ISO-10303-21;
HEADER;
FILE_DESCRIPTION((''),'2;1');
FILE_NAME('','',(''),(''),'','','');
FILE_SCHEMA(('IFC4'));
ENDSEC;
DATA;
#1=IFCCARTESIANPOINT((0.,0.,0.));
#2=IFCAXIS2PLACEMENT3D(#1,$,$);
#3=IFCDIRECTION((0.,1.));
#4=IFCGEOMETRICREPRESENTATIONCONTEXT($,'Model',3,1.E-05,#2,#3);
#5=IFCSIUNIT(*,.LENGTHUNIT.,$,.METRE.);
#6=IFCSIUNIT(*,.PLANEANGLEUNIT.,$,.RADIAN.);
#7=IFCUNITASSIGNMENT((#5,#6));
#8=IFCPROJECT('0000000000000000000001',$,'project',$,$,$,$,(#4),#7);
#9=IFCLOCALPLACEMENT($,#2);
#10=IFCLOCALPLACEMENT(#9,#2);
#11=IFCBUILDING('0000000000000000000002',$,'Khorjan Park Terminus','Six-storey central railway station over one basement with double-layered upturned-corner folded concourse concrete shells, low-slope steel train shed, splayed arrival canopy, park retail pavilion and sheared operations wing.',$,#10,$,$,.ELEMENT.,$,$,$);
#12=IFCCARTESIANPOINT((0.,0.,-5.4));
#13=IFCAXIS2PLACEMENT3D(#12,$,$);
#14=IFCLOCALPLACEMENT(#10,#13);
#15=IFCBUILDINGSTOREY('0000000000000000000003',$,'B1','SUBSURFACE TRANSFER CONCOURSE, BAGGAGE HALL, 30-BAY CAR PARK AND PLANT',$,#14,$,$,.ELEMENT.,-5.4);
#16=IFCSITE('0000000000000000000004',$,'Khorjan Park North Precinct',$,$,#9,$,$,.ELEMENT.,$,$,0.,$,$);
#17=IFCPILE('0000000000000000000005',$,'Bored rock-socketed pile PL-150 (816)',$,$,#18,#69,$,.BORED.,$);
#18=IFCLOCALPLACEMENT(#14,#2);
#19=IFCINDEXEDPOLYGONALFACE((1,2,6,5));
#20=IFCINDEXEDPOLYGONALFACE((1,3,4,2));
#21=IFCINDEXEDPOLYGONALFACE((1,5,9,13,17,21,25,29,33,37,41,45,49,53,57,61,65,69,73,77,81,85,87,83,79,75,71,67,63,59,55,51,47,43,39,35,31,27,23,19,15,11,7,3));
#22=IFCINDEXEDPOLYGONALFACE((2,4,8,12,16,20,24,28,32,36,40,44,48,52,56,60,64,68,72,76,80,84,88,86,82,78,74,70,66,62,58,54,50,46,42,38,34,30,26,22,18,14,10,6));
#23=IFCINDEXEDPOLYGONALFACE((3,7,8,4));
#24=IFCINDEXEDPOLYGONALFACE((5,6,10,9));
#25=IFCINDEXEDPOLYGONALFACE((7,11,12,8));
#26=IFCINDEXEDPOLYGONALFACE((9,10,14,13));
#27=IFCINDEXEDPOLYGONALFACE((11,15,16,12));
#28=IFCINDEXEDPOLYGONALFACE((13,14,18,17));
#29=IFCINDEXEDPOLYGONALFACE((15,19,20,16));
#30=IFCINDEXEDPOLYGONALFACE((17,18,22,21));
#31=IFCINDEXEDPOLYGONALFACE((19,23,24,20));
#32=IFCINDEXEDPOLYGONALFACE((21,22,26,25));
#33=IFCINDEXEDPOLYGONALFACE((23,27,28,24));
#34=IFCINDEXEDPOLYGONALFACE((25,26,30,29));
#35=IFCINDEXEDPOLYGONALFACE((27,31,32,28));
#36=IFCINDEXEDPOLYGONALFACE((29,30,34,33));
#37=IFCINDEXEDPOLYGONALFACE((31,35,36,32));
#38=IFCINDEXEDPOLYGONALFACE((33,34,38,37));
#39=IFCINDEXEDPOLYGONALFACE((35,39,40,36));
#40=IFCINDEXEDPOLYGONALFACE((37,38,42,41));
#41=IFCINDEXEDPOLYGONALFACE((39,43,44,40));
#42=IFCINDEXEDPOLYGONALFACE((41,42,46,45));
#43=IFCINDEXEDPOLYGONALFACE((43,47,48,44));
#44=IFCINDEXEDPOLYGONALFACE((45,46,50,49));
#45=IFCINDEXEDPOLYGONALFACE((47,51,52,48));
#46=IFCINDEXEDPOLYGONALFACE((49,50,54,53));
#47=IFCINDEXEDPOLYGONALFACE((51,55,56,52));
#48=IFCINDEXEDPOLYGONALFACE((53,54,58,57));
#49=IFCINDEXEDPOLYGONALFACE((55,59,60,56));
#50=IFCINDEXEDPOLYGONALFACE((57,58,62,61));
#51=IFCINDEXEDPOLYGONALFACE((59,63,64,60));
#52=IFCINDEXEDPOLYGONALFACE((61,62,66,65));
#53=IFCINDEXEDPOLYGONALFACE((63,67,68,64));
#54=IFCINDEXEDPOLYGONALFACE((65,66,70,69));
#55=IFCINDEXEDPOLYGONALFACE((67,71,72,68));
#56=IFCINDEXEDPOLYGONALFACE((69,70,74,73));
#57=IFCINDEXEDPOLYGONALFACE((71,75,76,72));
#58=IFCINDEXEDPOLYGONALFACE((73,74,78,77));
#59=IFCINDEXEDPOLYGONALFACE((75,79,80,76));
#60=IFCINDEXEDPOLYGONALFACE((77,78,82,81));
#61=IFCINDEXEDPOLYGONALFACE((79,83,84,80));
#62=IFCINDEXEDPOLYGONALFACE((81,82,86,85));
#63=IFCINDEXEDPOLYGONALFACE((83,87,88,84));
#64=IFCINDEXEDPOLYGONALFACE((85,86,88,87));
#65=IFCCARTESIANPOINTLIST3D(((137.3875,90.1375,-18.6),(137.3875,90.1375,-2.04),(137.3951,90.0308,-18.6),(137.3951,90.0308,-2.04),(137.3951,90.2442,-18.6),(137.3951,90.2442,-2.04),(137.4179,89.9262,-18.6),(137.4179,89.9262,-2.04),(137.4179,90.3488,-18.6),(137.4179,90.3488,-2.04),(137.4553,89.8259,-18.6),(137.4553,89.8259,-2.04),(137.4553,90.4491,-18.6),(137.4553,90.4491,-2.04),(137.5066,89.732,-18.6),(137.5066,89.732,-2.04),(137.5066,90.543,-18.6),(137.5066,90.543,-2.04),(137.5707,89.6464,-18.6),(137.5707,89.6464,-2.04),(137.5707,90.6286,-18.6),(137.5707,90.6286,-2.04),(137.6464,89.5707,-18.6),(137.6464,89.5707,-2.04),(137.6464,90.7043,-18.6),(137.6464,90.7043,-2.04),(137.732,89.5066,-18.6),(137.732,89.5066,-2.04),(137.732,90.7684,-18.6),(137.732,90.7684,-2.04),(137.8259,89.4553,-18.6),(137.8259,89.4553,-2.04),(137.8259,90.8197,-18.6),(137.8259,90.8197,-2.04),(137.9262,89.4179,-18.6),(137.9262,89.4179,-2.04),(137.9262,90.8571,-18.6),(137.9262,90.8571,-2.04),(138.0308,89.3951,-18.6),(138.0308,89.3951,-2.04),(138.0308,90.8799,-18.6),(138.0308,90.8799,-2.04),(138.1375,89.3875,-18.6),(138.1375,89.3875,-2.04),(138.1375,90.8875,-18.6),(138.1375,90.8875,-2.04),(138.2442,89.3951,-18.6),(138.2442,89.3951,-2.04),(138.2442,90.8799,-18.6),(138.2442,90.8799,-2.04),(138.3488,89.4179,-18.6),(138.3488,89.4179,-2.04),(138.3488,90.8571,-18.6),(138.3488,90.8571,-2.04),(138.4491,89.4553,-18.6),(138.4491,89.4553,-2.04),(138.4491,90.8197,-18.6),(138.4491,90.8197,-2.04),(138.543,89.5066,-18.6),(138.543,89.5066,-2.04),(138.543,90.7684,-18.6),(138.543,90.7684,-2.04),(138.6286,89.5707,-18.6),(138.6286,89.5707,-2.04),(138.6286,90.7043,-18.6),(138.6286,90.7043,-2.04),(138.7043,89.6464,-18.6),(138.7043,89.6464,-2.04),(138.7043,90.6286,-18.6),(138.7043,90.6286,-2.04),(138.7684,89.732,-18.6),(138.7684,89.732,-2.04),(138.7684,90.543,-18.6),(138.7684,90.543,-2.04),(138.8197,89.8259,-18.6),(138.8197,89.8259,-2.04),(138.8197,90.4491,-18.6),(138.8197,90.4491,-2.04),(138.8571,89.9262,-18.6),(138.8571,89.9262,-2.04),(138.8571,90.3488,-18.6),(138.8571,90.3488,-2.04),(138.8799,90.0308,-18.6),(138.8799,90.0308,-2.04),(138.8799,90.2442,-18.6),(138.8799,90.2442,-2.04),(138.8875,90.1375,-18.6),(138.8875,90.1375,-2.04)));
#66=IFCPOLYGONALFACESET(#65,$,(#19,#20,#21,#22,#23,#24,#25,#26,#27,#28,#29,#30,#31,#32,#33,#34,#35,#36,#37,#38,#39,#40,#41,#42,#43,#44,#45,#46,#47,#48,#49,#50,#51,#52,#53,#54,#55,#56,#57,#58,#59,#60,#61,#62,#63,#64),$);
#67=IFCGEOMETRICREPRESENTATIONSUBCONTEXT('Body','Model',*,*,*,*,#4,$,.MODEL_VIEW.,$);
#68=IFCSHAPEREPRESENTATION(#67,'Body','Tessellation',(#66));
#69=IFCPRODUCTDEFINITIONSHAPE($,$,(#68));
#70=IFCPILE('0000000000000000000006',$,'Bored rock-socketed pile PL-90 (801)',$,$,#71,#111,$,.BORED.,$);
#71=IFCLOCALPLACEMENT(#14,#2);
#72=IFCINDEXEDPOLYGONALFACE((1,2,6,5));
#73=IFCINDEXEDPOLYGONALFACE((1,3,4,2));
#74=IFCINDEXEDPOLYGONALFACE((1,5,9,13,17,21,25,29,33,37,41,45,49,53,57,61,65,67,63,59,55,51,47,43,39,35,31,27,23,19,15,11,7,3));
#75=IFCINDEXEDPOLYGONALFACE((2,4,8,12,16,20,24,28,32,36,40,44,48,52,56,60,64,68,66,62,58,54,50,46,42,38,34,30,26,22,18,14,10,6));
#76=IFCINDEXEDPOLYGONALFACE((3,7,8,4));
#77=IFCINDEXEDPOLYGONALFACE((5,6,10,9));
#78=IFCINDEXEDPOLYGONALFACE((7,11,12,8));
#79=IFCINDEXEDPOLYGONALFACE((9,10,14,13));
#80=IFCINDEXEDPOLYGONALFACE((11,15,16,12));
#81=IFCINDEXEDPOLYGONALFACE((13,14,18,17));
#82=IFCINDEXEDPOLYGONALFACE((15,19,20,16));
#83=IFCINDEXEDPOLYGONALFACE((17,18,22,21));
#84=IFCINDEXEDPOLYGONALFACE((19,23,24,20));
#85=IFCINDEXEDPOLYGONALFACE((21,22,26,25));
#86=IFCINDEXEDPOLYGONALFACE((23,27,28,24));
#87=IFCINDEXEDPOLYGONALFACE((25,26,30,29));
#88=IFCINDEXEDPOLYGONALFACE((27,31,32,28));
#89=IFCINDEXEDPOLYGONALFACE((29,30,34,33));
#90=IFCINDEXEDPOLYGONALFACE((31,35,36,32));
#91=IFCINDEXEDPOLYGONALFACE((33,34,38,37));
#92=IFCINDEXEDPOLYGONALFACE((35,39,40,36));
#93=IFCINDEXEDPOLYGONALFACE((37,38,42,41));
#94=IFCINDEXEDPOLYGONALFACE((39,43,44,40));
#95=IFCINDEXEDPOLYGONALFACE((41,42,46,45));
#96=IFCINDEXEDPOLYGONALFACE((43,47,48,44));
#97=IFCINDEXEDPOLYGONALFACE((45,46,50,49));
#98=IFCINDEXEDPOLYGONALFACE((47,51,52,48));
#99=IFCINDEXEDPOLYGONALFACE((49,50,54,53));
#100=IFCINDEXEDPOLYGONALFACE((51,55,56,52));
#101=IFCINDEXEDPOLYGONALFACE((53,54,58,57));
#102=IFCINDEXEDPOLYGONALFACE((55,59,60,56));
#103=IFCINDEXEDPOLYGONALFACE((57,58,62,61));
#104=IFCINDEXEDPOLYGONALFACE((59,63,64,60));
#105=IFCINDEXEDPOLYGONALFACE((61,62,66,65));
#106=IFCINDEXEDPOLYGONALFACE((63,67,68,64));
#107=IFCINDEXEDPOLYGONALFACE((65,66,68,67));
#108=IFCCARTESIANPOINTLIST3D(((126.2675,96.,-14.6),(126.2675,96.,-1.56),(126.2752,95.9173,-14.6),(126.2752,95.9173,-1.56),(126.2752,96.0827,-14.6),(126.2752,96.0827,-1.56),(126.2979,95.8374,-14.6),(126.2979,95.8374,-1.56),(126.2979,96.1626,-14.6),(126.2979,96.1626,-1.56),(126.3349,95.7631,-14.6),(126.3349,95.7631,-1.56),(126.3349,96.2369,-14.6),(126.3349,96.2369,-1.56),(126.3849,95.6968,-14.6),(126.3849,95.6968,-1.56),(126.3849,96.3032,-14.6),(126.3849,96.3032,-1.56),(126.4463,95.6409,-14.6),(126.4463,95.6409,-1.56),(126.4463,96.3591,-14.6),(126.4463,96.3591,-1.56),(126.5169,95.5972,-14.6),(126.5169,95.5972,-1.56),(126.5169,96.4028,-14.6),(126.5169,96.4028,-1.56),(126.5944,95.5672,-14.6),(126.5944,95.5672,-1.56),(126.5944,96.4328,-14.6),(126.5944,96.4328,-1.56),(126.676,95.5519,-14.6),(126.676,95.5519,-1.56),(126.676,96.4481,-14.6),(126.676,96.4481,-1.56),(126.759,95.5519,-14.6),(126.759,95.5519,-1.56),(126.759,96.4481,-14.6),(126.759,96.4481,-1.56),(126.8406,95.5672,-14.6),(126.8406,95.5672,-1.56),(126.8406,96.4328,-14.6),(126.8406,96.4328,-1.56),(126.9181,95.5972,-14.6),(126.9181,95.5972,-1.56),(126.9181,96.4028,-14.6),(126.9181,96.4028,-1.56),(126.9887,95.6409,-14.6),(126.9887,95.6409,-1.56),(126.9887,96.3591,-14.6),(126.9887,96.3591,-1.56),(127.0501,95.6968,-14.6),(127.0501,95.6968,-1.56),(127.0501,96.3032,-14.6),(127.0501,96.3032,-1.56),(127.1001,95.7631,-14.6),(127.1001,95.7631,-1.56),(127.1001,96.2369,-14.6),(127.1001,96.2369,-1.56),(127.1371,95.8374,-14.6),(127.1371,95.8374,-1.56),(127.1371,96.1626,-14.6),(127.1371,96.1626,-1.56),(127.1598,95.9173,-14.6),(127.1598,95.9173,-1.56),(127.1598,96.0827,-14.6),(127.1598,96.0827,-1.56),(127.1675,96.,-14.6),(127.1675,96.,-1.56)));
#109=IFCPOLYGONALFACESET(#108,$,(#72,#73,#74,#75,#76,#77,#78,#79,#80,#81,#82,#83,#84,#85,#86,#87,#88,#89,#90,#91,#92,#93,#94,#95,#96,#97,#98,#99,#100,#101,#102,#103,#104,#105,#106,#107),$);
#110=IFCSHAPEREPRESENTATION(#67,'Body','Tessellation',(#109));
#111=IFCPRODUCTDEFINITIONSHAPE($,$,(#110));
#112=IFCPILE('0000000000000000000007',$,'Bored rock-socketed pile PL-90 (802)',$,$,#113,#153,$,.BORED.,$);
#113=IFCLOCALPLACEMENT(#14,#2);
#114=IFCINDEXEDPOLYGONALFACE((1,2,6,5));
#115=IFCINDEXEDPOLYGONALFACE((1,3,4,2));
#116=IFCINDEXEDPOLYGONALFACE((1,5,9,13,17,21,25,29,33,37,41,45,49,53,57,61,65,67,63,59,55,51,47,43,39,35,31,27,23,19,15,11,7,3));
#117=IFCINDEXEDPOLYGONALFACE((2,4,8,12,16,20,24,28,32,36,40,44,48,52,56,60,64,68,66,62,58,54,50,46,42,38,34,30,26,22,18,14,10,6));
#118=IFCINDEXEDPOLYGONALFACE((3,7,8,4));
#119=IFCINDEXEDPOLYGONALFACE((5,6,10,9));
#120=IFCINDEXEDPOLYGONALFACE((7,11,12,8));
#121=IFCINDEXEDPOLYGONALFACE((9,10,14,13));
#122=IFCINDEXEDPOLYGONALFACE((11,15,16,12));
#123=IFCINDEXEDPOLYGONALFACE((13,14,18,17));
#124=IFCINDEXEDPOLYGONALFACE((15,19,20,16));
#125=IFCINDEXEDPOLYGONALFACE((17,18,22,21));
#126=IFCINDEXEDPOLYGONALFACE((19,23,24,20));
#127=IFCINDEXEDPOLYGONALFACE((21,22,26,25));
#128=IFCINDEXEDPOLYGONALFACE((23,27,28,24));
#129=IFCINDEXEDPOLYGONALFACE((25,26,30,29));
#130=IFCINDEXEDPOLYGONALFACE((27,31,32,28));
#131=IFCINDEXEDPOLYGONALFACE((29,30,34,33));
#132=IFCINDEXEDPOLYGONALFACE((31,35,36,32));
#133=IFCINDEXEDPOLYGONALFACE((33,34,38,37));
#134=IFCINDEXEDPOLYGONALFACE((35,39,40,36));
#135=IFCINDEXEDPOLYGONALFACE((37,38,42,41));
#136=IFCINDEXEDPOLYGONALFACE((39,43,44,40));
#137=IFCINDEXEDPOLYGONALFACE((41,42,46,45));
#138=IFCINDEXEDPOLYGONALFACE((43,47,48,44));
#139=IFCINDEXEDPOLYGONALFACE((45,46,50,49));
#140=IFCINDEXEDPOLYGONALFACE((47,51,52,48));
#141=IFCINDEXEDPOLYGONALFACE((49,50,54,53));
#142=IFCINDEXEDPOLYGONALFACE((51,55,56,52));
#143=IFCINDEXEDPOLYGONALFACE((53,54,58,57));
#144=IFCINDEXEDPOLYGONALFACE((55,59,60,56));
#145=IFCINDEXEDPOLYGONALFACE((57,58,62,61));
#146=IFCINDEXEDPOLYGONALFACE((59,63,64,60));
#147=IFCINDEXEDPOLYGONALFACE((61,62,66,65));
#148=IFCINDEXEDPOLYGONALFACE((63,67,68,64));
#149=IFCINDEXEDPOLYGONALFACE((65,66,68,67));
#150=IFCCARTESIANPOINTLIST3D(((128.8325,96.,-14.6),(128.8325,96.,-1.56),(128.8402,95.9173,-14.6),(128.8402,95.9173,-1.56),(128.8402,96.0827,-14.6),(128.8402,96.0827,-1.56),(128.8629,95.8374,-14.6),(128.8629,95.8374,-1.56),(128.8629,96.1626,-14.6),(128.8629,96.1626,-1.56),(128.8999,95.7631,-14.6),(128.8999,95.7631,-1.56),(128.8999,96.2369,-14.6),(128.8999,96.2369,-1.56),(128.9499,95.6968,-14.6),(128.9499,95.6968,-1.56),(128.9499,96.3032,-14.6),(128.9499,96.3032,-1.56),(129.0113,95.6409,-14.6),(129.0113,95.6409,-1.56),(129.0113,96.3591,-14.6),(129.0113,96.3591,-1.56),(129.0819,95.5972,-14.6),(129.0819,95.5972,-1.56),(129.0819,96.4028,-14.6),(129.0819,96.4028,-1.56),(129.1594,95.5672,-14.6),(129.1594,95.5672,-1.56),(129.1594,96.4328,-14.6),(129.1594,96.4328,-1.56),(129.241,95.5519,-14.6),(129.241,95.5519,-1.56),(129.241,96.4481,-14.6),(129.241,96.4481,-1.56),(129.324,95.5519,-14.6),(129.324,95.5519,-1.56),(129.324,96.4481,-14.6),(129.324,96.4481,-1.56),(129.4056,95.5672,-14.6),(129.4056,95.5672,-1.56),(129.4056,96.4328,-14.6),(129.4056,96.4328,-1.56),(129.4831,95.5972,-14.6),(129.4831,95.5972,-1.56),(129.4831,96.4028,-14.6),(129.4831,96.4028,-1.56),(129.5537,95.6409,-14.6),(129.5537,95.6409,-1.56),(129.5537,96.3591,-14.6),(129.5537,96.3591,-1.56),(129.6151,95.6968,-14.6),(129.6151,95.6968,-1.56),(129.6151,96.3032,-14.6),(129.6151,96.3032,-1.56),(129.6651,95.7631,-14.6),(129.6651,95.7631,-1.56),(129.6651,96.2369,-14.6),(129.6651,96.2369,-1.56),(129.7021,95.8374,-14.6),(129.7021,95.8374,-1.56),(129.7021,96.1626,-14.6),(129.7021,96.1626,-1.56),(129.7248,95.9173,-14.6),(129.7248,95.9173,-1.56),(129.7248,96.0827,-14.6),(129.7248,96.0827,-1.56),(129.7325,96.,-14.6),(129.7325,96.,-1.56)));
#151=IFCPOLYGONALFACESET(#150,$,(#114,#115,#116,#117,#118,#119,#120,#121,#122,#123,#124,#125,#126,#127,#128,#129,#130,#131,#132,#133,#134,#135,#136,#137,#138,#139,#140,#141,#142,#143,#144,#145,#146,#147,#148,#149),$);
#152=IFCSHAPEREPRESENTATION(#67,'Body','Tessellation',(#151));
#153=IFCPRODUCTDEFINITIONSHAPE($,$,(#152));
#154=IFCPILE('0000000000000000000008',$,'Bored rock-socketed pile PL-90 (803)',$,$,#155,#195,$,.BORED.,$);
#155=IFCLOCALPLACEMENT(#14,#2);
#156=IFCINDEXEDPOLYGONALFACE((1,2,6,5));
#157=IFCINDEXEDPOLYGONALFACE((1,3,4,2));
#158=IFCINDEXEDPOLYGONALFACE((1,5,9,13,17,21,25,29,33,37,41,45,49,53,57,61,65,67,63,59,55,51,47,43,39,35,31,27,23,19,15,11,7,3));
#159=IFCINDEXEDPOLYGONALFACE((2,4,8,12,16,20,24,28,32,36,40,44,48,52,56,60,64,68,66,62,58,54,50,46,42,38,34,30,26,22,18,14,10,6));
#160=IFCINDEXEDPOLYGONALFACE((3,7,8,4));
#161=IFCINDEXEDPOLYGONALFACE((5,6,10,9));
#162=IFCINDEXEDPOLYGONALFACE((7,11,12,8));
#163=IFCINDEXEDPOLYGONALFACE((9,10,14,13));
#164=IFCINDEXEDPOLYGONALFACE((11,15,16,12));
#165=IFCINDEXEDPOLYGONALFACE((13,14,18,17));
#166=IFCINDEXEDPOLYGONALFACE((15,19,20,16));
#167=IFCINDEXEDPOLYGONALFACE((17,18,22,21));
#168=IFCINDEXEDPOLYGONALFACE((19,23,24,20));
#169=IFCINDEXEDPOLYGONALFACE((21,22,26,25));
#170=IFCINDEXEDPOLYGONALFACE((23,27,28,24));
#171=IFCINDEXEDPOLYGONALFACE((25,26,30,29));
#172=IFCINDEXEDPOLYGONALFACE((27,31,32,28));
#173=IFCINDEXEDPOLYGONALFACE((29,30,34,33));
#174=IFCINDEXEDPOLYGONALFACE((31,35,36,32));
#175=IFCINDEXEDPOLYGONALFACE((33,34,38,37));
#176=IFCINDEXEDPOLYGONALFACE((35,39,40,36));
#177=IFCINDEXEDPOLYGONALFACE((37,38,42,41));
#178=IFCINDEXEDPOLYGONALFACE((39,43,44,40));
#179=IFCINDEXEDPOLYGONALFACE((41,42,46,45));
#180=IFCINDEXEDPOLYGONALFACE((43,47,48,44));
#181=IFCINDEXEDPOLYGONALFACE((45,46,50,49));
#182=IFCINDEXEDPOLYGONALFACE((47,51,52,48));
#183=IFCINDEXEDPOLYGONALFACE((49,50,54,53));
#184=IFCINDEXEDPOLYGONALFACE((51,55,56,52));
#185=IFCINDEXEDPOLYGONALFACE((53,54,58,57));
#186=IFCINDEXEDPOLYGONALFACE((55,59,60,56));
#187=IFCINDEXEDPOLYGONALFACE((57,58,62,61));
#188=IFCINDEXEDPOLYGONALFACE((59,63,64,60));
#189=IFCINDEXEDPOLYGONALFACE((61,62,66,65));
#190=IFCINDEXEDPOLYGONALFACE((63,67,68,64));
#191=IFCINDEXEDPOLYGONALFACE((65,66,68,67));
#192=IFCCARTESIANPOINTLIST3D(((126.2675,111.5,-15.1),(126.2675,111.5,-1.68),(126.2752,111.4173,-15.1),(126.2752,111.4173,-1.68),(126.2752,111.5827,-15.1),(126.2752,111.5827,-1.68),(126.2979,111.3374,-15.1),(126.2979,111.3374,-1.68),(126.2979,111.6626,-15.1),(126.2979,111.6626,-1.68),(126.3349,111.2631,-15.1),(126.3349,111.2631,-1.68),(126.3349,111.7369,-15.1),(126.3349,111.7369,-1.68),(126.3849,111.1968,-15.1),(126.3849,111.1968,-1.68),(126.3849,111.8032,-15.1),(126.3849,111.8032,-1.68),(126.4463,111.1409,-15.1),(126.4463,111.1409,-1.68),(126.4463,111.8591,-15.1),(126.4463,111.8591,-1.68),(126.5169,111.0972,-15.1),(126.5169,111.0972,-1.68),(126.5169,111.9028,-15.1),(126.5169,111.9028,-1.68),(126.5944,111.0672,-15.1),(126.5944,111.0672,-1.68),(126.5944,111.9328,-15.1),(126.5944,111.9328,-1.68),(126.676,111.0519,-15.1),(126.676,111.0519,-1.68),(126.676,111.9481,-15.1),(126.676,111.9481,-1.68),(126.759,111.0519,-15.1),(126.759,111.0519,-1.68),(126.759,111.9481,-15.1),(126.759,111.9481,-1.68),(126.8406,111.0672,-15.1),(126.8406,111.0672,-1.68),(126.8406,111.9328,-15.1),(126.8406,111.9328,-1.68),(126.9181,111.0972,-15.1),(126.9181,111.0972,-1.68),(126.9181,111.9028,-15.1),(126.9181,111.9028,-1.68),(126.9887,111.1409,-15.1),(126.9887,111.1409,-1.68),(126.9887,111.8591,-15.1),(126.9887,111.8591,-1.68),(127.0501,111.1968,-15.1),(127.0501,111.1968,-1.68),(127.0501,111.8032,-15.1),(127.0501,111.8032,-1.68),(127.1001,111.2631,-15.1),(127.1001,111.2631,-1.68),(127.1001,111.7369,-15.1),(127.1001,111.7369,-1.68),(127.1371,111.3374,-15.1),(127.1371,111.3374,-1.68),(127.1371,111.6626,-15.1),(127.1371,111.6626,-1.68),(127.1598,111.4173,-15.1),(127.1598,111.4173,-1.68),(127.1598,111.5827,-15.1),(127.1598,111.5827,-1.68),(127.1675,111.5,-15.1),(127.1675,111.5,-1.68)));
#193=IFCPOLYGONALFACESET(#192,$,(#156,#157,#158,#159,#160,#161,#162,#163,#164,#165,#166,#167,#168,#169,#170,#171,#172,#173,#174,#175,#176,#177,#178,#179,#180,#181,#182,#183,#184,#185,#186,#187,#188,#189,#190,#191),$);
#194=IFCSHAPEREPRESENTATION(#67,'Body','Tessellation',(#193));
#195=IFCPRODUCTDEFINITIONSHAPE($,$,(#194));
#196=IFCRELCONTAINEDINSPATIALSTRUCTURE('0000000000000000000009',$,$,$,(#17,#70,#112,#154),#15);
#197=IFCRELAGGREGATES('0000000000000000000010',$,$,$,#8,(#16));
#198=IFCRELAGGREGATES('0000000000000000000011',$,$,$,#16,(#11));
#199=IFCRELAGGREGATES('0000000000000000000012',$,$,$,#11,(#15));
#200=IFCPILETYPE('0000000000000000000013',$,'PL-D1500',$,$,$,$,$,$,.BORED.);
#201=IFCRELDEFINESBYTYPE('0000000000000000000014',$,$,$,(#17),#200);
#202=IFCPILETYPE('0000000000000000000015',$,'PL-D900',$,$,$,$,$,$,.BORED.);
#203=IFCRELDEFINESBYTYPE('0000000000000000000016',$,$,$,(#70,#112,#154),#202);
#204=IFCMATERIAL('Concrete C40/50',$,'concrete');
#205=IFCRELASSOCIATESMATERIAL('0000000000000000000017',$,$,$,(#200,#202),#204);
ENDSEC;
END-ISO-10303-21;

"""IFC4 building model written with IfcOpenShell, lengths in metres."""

from ifc_helpers import new_model, si_unit, direction, frame, origin, origin_2d, place, context, subcontext, project, spatial, circle, extrude, material, material_profile, profile_set, type_object, element, save


model = new_model("IFC4")

# Units and contexts
model_context = context("Model", 3, precision=1e-05, world=origin(), true_north=direction((0.0, 1.0)))
body_context = subcontext(model_context, "Body", "Model", "MODEL_VIEW")
ifc_project = project(units=[si_unit("LENGTHUNIT", "METRE"), si_unit("PLANEANGLEUNIT", "RADIAN")], contexts=[model_context])

# Site, building, storey
site_placement = place(None, origin())
site = spatial("IfcSite", under=ifc_project, at=site_placement, Name="Khorjan Park North Precinct", CompositionType="ELEMENT", RefElevation=0.0)
building_placement = place(site_placement, origin())
building = spatial("IfcBuilding", under=site, at=building_placement, Name="Khorjan Park Terminus", Description="Six-storey central railway station over one basement with double-layered upturned-corner folded concourse concrete shells, low-slope steel train shed, splayed arrival canopy, park retail pavilion and sheared operations wing.", CompositionType="ELEMENT")
storey_placement = place(building_placement, frame((0.0, 0.0, -5.4)))
storey = spatial("IfcBuildingStorey", under=building, at=storey_placement, Name="B1", Description="SUBSURFACE TRANSFER CONCOURSE, BAGGAGE HALL, 30-BAY CAR PARK AND PLANT", CompositionType="ELEMENT", Elevation=-5.4)

# Shared definitions
ifc_material_1 = material(Name="Concrete C40/50", Category="concrete")

# Piles
ifc_material_profile_1 = material_profile(ifc_material_1, circle(Radius=0.75, at=origin_2d()), Name="BORED D1500")
ifc_profile_set_1 = profile_set([ifc_material_profile_1], Name="Concrete C40/50")
pile_type_1 = type_object("IfcPileType", Name="PL-D1500", PredefinedType="BORED", material=ifc_profile_set_1)
for number, where, z_axis, x_axis, name in (
    (1, (138.1375, 90.1375, -2.04), (0.0, 0.0, -1.0), (1.0, 0.0, 0.0), "Bored rock-socketed pile PL-150 (816)"),
):
    element("IfcPile", number, at=place(storey_placement, frame(where, z_axis=z_axis, x_axis=x_axis)), inside=storey, type_object=pile_type_1, Name=name, PredefinedType="BORED", context=body_context, shape_type="SweptSolid", body=[
        extrude(circle(Radius=0.75, at=origin_2d()), origin(), (0.0, 0.0, 1.0), 16.56),
    ])
ifc_material_profile_2 = material_profile(ifc_material_1, circle(Radius=0.45, at=origin_2d()), Name="BORED D900")
ifc_profile_set_2 = profile_set([ifc_material_profile_2], Name="Concrete C40/50")
pile_type_2 = type_object("IfcPileType", Name="PL-D900", PredefinedType="BORED", material=ifc_profile_set_2)
for number, where, z_axis, x_axis, name in (
    (2, (126.7175, 96.0, -1.56), (0.0, 0.0, -1.0), (1.0, 0.0, 0.0), "Bored rock-socketed pile PL-90 (801)"),
    (3, (129.2825, 96.0, -1.56), (0.0, 0.0, -1.0), (1.0, 0.0, 0.0), "Bored rock-socketed pile PL-90 (802)"),
):
    element("IfcPile", number, at=place(storey_placement, frame(where, z_axis=z_axis, x_axis=x_axis)), inside=storey, type_object=pile_type_2, Name=name, PredefinedType="BORED", context=body_context, shape_type="SweptSolid", body=[
        extrude(circle(Radius=0.45, at=origin_2d()), origin(), (0.0, 0.0, 1.0), 13.04),
    ])
for number, where, z_axis, x_axis, name in (
    (4, (126.7175, 111.5, -1.68), (0.0, 0.0, -1.0), (1.0, 0.0, 0.0), "Bored rock-socketed pile PL-90 (803)"),
):
    element("IfcPile", number, at=place(storey_placement, frame(where, z_axis=z_axis, x_axis=x_axis)), inside=storey, type_object=pile_type_2, Name=name, PredefinedType="BORED", context=body_context, shape_type="SweptSolid", body=[
        extrude(circle(Radius=0.45, at=origin_2d()), origin(), (0.0, 0.0, 1.0), 13.42),
    ])

save(model, "model.ifc")
